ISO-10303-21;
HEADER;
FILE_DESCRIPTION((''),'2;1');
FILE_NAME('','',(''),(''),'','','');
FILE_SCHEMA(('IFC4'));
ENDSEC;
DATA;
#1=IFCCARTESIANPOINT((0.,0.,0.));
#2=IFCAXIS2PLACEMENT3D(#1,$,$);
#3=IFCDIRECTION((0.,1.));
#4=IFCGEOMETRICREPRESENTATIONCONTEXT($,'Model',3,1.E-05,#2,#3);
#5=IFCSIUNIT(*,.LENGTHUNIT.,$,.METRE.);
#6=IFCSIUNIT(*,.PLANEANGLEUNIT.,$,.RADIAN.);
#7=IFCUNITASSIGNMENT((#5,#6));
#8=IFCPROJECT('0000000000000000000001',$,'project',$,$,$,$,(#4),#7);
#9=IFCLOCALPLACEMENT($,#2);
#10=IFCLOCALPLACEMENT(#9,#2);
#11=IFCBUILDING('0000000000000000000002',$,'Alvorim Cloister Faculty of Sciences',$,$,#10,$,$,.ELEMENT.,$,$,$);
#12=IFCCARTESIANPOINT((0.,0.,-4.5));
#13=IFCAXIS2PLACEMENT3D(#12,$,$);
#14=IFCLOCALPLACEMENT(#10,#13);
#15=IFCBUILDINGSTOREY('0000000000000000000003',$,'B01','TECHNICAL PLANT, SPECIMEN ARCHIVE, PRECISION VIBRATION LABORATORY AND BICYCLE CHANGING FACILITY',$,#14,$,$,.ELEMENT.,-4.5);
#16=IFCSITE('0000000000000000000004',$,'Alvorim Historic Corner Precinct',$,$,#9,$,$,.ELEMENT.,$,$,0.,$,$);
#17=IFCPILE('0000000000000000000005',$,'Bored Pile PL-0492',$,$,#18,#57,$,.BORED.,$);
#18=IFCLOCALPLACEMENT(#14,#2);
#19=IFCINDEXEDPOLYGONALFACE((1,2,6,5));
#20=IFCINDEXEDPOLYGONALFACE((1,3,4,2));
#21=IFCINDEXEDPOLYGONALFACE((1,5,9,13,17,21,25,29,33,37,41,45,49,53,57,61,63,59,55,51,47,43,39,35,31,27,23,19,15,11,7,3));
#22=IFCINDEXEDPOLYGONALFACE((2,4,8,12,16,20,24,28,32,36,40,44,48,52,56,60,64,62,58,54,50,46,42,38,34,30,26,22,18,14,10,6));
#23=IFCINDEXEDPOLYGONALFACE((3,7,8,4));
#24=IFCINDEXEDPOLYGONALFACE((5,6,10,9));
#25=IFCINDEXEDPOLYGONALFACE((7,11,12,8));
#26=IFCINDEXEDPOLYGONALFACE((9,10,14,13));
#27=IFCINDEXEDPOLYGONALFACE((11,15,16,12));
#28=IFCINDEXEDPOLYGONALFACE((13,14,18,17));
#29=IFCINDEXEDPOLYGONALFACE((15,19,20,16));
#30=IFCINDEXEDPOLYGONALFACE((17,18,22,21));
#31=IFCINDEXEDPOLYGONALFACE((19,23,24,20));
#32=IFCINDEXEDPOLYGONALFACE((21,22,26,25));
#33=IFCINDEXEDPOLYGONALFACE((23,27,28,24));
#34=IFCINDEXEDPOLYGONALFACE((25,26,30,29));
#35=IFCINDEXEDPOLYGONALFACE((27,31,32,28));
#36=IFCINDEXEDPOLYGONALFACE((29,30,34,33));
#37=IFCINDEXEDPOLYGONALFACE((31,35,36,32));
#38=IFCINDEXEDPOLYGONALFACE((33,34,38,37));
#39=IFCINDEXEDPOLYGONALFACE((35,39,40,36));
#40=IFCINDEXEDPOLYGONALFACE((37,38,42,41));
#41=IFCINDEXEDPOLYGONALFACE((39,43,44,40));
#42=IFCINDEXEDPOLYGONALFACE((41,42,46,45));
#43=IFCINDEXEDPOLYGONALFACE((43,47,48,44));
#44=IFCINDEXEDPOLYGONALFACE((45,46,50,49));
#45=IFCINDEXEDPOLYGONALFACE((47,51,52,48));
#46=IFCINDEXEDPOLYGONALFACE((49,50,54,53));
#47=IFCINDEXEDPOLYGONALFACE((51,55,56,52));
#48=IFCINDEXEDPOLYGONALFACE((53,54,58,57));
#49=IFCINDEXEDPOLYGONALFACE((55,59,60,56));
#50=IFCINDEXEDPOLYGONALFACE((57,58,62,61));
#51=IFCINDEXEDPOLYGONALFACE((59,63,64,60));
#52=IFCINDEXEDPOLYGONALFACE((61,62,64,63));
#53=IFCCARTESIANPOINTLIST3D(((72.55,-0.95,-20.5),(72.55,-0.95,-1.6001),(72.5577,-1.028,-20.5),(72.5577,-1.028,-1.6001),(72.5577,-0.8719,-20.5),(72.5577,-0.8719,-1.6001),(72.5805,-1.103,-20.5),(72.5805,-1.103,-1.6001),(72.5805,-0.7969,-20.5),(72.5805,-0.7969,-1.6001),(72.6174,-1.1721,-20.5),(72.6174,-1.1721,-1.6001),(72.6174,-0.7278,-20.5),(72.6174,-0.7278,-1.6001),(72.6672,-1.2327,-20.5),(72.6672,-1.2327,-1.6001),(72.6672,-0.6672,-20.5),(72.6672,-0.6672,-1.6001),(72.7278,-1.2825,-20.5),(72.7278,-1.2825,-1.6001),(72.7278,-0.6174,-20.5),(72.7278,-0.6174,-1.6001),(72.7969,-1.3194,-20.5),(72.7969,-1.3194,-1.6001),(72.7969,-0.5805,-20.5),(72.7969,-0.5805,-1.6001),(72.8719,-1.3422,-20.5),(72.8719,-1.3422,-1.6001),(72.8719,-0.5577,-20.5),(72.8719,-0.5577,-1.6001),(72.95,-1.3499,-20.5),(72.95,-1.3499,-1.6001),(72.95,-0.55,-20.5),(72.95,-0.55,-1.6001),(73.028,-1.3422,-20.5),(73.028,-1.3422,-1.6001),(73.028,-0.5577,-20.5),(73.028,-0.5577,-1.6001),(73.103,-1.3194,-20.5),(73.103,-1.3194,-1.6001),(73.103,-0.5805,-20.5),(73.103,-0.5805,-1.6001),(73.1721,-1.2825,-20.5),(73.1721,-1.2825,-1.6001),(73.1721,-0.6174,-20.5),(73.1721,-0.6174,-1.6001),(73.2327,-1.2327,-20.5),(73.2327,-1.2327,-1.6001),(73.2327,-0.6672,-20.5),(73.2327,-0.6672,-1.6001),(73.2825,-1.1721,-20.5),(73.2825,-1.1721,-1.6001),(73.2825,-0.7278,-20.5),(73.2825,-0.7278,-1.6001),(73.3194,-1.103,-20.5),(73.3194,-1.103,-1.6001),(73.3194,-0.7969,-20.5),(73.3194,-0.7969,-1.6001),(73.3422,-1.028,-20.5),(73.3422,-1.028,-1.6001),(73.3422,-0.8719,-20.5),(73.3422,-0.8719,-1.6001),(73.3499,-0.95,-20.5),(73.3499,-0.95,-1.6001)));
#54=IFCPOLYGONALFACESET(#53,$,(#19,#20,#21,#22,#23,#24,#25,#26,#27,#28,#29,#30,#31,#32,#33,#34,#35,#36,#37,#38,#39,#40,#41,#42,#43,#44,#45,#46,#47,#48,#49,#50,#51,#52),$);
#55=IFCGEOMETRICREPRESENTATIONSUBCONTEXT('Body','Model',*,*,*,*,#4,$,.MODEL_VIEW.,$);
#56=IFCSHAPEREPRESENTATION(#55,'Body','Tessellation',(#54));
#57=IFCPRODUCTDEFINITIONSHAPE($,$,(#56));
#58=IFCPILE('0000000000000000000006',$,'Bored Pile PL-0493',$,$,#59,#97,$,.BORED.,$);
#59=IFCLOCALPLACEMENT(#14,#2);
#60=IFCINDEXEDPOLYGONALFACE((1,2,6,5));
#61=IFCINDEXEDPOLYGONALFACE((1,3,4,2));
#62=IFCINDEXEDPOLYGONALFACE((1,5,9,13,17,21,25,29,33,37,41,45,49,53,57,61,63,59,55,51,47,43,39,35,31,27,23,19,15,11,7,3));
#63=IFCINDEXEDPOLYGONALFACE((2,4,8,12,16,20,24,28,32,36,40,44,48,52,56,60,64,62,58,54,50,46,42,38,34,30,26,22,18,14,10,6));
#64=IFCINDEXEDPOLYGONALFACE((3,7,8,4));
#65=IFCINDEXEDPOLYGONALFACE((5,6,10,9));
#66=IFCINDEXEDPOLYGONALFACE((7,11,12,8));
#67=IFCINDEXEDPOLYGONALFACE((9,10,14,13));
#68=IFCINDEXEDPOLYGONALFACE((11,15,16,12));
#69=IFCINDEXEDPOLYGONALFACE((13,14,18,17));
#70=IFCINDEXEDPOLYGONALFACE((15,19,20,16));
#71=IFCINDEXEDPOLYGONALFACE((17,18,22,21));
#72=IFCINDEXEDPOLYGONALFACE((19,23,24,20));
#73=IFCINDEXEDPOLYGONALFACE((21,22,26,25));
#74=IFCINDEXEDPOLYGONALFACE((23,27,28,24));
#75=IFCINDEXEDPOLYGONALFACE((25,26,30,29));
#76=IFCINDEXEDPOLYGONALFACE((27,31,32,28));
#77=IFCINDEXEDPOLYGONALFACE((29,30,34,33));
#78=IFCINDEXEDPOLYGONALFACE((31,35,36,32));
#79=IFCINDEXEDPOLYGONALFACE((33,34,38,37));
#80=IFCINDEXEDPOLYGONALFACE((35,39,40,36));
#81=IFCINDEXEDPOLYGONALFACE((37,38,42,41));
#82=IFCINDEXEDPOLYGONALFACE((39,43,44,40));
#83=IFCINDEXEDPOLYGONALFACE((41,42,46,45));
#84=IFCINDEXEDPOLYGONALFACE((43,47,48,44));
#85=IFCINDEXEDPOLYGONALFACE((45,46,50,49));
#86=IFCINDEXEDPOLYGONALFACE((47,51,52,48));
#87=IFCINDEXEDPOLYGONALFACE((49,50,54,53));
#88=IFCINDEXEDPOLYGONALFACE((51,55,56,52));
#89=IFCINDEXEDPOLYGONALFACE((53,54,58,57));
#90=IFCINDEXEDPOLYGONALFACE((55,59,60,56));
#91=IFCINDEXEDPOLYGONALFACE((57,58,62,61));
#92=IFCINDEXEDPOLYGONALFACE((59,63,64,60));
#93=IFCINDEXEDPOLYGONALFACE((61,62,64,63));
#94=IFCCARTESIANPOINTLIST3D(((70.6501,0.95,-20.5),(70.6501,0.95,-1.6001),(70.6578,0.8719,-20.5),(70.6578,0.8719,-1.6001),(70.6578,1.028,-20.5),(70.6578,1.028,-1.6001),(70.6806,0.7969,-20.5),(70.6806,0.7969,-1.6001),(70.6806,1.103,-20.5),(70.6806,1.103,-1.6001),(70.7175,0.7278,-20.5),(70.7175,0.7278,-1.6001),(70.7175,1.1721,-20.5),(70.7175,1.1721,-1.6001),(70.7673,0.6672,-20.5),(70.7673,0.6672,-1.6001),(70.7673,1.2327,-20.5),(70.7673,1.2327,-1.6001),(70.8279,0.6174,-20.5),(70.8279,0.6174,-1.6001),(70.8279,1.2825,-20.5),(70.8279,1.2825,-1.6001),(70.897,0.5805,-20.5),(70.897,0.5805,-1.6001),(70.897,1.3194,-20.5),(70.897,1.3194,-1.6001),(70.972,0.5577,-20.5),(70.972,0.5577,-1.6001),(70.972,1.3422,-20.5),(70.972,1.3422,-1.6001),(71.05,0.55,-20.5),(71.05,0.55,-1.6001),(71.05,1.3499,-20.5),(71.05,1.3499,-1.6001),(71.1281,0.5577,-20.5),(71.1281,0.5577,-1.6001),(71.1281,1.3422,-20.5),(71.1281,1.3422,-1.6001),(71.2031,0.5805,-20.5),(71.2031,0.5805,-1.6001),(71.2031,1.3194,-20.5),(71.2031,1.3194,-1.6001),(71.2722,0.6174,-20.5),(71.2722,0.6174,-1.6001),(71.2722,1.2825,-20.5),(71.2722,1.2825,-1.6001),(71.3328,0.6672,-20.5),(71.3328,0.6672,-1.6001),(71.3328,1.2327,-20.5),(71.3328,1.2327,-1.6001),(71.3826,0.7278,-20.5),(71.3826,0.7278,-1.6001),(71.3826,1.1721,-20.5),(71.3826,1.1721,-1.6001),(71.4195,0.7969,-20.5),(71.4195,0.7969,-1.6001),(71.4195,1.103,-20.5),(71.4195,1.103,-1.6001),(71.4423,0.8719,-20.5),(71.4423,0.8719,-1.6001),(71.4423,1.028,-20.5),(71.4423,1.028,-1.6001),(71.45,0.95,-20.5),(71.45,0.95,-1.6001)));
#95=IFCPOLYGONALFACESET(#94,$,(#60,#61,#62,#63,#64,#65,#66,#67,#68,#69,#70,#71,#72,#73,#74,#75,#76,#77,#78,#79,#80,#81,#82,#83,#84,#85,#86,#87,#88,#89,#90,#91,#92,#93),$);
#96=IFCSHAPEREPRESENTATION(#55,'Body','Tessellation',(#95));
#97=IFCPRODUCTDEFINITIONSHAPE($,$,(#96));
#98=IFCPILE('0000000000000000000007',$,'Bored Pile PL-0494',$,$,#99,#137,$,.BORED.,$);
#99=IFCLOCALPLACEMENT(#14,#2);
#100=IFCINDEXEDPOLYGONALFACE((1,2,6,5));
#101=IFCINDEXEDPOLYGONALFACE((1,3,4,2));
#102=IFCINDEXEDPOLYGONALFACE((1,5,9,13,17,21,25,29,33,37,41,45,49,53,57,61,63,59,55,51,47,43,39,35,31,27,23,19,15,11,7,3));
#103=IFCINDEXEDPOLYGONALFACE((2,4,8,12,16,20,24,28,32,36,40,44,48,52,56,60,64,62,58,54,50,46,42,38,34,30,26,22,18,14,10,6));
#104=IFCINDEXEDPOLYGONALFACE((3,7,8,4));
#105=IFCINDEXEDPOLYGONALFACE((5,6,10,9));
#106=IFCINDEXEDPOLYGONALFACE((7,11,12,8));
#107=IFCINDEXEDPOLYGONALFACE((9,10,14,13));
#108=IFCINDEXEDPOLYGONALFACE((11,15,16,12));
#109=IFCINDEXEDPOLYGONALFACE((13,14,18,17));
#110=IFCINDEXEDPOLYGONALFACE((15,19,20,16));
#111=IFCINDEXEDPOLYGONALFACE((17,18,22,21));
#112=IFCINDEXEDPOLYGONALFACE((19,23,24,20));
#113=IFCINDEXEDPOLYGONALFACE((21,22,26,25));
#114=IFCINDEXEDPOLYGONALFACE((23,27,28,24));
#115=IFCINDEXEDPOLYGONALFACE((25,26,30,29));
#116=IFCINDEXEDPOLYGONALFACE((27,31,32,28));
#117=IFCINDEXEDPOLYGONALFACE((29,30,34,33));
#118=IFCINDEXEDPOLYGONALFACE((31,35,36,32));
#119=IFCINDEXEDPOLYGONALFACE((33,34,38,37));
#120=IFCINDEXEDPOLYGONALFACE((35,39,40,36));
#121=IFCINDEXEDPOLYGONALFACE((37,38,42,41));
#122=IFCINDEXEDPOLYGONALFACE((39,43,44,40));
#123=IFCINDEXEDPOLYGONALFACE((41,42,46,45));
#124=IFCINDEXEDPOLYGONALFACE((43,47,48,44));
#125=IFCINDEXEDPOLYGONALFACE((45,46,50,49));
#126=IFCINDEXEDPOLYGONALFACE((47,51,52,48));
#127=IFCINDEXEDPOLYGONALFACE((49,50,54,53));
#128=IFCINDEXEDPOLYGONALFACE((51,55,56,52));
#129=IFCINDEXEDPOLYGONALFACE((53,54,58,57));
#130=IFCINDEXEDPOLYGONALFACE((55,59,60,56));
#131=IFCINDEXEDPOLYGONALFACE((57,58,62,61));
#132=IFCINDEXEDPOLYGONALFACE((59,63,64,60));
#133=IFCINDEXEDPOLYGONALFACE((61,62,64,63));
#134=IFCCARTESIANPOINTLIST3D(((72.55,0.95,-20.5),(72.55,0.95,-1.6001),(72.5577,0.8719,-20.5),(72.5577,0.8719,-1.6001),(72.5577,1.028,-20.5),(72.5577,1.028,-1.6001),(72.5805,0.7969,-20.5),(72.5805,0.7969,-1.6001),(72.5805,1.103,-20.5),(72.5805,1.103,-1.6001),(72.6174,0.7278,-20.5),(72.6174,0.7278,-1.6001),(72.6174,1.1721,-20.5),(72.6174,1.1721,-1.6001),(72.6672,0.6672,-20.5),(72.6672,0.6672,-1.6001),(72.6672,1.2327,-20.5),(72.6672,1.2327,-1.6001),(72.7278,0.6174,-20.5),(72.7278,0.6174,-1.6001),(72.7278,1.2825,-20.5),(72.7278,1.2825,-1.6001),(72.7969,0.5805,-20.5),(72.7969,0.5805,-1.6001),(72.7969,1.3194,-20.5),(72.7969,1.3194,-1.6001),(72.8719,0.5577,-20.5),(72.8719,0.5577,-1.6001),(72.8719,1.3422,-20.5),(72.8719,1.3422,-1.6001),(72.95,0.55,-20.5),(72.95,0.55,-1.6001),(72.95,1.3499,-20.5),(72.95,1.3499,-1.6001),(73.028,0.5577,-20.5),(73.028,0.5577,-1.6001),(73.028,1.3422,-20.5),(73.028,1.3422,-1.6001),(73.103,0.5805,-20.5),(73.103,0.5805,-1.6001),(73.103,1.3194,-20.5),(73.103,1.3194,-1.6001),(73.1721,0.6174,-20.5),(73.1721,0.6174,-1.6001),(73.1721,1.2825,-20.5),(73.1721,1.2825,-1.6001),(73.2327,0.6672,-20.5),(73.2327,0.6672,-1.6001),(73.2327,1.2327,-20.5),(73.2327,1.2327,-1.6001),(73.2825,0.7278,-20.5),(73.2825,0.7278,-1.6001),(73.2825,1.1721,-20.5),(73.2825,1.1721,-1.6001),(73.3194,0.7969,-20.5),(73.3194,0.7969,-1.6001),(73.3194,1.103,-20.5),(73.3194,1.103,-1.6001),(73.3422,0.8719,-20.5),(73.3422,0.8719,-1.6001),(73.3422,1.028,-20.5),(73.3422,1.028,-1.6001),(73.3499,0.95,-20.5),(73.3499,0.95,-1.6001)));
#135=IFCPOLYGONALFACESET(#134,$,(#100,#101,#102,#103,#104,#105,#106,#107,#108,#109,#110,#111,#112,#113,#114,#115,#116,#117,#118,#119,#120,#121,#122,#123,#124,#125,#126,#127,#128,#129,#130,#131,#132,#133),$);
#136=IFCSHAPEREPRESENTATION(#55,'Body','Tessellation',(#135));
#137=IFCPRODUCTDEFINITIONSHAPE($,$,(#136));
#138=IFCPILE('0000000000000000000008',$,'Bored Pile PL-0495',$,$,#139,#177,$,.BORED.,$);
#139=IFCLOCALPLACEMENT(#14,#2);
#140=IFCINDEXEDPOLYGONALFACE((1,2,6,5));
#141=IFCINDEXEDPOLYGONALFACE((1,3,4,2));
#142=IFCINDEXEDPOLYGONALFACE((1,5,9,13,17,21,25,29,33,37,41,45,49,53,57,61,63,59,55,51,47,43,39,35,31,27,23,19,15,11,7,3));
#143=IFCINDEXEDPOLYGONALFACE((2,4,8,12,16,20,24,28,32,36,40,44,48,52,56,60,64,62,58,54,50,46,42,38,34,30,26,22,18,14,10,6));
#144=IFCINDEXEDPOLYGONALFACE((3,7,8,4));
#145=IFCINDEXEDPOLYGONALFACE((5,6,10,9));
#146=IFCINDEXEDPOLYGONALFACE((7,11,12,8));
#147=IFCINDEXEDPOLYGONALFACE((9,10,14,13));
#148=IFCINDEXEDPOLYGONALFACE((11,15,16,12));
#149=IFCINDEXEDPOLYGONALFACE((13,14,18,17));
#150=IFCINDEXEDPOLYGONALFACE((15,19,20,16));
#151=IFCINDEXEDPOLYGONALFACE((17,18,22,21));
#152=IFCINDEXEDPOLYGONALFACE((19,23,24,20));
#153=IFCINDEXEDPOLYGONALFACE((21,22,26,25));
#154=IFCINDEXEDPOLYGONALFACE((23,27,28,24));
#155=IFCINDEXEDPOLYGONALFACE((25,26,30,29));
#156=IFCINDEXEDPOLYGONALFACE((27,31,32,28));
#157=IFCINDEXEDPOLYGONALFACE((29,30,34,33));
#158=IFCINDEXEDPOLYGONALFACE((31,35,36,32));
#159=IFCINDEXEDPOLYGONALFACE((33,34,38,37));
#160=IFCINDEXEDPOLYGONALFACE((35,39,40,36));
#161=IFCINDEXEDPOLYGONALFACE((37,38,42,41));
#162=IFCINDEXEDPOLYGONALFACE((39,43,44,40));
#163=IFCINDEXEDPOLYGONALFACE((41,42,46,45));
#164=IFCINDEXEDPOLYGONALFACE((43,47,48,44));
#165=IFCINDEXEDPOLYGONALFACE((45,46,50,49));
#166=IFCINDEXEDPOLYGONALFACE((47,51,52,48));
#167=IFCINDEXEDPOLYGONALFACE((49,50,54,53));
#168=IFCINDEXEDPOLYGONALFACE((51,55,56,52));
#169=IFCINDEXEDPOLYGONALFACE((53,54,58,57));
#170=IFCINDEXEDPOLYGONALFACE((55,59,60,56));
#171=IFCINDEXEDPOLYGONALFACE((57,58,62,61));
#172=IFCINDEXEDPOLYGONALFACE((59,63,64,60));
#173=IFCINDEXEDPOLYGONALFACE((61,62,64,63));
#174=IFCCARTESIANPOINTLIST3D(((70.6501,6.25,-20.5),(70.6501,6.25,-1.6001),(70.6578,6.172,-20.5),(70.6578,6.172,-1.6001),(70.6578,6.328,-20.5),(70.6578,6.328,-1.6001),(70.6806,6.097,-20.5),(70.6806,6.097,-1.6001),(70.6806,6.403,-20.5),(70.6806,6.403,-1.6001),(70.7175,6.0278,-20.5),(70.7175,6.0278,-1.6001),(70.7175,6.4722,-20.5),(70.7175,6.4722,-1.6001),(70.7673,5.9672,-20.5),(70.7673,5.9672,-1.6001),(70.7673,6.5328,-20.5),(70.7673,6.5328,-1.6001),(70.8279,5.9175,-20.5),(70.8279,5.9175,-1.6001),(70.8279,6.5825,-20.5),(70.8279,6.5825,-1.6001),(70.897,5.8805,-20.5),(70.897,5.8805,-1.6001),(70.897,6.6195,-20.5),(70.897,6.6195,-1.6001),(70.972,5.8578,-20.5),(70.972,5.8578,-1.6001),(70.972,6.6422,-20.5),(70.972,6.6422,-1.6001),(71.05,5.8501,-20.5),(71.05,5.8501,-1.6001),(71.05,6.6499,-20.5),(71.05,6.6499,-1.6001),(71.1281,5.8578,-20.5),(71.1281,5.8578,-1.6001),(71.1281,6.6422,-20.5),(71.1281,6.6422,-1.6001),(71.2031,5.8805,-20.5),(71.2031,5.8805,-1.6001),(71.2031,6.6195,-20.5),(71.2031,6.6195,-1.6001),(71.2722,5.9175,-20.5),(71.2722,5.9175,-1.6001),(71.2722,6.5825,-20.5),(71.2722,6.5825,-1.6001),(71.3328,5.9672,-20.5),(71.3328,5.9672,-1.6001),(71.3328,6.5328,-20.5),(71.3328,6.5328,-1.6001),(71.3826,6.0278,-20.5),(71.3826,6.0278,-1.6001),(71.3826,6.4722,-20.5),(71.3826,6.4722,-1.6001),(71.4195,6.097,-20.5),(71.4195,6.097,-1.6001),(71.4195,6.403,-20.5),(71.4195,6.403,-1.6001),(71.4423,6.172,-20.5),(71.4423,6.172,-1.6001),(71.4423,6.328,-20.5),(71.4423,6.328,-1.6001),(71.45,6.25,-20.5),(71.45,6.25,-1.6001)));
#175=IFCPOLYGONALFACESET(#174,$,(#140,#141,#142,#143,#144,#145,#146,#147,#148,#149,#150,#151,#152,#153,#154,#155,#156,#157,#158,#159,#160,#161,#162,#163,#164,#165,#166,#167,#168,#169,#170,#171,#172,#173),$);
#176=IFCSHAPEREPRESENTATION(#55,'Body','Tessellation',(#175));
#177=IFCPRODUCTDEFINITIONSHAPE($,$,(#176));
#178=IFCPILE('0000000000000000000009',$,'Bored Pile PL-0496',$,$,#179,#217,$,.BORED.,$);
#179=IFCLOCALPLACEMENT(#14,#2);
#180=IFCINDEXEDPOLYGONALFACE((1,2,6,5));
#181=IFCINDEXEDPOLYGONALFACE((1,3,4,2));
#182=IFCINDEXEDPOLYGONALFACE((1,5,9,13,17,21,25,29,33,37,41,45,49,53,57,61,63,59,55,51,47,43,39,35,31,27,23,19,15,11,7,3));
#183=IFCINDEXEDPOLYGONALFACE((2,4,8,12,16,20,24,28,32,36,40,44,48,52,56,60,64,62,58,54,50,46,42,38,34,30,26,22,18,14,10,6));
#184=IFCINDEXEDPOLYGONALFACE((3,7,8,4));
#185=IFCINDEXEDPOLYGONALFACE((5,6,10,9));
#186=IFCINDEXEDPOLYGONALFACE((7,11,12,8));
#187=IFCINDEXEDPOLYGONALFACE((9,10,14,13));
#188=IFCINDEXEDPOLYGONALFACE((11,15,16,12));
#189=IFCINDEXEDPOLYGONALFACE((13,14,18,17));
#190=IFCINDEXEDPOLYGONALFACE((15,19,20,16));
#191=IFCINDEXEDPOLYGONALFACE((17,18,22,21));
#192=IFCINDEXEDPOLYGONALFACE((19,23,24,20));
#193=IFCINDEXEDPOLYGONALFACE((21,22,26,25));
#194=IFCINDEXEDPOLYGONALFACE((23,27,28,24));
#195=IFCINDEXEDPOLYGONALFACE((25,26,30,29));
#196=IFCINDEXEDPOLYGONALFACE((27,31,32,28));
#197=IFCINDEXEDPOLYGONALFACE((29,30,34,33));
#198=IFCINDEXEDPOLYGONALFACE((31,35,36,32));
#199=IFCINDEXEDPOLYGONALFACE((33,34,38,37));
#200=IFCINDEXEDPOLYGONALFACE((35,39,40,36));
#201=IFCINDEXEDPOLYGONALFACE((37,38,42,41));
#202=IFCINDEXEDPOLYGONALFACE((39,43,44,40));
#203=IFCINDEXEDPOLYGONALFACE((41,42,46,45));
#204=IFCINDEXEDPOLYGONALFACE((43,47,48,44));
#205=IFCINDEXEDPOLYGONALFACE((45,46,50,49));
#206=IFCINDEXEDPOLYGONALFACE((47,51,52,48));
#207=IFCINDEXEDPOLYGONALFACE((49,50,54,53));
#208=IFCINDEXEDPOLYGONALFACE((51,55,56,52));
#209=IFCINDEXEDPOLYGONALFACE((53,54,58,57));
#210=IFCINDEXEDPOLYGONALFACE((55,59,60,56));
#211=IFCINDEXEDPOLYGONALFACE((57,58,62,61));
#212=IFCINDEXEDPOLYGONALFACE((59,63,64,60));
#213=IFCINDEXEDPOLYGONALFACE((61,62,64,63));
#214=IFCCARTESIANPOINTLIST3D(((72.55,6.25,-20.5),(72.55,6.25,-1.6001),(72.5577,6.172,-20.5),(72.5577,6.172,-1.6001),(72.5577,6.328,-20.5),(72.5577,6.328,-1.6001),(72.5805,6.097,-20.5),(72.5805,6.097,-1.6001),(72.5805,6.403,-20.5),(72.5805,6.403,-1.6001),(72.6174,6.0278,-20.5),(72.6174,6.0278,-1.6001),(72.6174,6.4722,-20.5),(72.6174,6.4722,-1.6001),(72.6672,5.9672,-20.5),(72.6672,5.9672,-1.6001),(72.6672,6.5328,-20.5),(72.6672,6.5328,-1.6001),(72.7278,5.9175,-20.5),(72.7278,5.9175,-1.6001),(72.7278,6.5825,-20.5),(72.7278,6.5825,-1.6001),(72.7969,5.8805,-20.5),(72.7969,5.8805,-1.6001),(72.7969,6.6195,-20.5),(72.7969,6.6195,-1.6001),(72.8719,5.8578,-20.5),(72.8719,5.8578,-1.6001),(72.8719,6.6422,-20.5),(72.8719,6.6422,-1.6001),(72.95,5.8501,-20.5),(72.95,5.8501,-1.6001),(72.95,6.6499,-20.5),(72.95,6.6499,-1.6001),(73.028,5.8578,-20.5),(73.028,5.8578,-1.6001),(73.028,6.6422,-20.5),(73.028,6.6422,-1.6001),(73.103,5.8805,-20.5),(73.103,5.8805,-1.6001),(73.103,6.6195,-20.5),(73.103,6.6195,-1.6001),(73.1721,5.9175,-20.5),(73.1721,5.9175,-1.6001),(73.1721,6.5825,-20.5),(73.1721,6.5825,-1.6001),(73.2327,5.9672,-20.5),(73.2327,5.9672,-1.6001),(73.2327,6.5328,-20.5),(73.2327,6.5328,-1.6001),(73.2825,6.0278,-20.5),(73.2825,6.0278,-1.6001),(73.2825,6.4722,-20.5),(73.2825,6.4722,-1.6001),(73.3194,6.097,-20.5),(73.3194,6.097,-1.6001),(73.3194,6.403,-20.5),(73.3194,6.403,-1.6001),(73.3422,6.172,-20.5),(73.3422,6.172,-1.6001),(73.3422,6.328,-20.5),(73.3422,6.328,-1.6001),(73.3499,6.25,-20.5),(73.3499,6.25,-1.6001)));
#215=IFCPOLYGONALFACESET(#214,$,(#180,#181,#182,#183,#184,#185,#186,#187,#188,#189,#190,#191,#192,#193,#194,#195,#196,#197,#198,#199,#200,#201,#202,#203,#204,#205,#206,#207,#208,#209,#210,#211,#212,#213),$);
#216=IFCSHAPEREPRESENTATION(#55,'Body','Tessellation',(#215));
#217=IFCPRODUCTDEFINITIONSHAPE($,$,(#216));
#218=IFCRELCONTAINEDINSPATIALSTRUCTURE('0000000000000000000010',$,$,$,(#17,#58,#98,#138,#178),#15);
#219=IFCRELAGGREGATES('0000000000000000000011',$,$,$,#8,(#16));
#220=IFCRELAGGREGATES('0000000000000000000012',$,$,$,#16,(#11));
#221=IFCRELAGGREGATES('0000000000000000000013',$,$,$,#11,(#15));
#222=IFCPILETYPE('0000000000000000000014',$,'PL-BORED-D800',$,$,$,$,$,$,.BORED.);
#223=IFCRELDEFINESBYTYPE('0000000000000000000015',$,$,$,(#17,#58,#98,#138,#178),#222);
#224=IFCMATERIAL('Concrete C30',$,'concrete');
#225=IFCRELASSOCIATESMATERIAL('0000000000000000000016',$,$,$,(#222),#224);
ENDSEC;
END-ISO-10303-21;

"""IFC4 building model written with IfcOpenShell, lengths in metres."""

from ifc_helpers import new_model, si_unit, direction, frame, origin, origin_2d, place, context, subcontext, project, spatial, circle, extrude, material, material_profile, profile_set, type_object, element, save


model = new_model("IFC4")

# Units and contexts
model_context = context("Model", 3, precision=1e-05, world=origin(), true_north=direction((0.0, 1.0)))
body_context = subcontext(model_context, "Body", "Model", "MODEL_VIEW")
ifc_project = project(units=[si_unit("LENGTHUNIT", "METRE"), si_unit("PLANEANGLEUNIT", "RADIAN")], contexts=[model_context])

# Site, building, storey
site_placement = place(None, origin())
site = spatial("IfcSite", under=ifc_project, at=site_placement, Name="Alvorim Historic Corner Precinct", CompositionType="ELEMENT", RefElevation=0.0)
building_placement = place(site_placement, origin())
building = spatial("IfcBuilding", under=site, at=building_placement, Name="Alvorim Cloister Faculty of Sciences", CompositionType="ELEMENT")
storey_placement = place(building_placement, frame((0.0, 0.0, -4.5)))
storey = spatial("IfcBuildingStorey", under=building, at=storey_placement, Name="B01", Description="TECHNICAL PLANT, SPECIMEN ARCHIVE, PRECISION VIBRATION LABORATORY AND BICYCLE CHANGING FACILITY", CompositionType="ELEMENT", Elevation=-4.5)

# Piles
ifc_material_1 = material(Name="Concrete C30", Category="concrete")
ifc_material_profile_1 = material_profile(ifc_material_1, circle(Radius=0.3999, at=origin_2d()), Name="PILE-D800")
ifc_profile_set_1 = profile_set([ifc_material_profile_1], Name="Concrete C30")
pile_type = type_object("IfcPileType", Name="PL-BORED-D800", PredefinedType="BORED", material=ifc_profile_set_1)
for number, where, z_axis, x_axis, name in (
    (1, (72.95, -0.95, -1.6001), (0.0, 0.0, -1.0), (1.0, 0.0, 0.0), "Bored Pile PL-0492"),
    (2, (71.05, 0.95, -1.6001), (0.0, 0.0, -1.0), (1.0, 0.0, 0.0), "Bored Pile PL-0493"),
    (3, (72.95, 0.95, -1.6001), (0.0, 0.0, -1.0), (1.0, 0.0, 0.0), "Bored Pile PL-0494"),
    (4, (71.05, 6.25, -1.6001), (0.0, 0.0, -1.0), (1.0, 0.0, 0.0), "Bored Pile PL-0495"),
    (5, (72.95, 6.25, -1.6001), (0.0, 0.0, -1.0), (1.0, 0.0, 0.0), "Bored Pile PL-0496"),
):
    element("IfcPile", number, at=place(storey_placement, frame(where, z_axis=z_axis, x_axis=x_axis)), inside=storey, type_object=pile_type, Name=name, PredefinedType="BORED", context=body_context, shape_type="SweptSolid", body=[
        extrude(circle(Radius=0.3999, at=origin_2d()), origin(), (0.0, 0.0, 1.0), 18.8999),
    ])

save(model, "model.ifc")
